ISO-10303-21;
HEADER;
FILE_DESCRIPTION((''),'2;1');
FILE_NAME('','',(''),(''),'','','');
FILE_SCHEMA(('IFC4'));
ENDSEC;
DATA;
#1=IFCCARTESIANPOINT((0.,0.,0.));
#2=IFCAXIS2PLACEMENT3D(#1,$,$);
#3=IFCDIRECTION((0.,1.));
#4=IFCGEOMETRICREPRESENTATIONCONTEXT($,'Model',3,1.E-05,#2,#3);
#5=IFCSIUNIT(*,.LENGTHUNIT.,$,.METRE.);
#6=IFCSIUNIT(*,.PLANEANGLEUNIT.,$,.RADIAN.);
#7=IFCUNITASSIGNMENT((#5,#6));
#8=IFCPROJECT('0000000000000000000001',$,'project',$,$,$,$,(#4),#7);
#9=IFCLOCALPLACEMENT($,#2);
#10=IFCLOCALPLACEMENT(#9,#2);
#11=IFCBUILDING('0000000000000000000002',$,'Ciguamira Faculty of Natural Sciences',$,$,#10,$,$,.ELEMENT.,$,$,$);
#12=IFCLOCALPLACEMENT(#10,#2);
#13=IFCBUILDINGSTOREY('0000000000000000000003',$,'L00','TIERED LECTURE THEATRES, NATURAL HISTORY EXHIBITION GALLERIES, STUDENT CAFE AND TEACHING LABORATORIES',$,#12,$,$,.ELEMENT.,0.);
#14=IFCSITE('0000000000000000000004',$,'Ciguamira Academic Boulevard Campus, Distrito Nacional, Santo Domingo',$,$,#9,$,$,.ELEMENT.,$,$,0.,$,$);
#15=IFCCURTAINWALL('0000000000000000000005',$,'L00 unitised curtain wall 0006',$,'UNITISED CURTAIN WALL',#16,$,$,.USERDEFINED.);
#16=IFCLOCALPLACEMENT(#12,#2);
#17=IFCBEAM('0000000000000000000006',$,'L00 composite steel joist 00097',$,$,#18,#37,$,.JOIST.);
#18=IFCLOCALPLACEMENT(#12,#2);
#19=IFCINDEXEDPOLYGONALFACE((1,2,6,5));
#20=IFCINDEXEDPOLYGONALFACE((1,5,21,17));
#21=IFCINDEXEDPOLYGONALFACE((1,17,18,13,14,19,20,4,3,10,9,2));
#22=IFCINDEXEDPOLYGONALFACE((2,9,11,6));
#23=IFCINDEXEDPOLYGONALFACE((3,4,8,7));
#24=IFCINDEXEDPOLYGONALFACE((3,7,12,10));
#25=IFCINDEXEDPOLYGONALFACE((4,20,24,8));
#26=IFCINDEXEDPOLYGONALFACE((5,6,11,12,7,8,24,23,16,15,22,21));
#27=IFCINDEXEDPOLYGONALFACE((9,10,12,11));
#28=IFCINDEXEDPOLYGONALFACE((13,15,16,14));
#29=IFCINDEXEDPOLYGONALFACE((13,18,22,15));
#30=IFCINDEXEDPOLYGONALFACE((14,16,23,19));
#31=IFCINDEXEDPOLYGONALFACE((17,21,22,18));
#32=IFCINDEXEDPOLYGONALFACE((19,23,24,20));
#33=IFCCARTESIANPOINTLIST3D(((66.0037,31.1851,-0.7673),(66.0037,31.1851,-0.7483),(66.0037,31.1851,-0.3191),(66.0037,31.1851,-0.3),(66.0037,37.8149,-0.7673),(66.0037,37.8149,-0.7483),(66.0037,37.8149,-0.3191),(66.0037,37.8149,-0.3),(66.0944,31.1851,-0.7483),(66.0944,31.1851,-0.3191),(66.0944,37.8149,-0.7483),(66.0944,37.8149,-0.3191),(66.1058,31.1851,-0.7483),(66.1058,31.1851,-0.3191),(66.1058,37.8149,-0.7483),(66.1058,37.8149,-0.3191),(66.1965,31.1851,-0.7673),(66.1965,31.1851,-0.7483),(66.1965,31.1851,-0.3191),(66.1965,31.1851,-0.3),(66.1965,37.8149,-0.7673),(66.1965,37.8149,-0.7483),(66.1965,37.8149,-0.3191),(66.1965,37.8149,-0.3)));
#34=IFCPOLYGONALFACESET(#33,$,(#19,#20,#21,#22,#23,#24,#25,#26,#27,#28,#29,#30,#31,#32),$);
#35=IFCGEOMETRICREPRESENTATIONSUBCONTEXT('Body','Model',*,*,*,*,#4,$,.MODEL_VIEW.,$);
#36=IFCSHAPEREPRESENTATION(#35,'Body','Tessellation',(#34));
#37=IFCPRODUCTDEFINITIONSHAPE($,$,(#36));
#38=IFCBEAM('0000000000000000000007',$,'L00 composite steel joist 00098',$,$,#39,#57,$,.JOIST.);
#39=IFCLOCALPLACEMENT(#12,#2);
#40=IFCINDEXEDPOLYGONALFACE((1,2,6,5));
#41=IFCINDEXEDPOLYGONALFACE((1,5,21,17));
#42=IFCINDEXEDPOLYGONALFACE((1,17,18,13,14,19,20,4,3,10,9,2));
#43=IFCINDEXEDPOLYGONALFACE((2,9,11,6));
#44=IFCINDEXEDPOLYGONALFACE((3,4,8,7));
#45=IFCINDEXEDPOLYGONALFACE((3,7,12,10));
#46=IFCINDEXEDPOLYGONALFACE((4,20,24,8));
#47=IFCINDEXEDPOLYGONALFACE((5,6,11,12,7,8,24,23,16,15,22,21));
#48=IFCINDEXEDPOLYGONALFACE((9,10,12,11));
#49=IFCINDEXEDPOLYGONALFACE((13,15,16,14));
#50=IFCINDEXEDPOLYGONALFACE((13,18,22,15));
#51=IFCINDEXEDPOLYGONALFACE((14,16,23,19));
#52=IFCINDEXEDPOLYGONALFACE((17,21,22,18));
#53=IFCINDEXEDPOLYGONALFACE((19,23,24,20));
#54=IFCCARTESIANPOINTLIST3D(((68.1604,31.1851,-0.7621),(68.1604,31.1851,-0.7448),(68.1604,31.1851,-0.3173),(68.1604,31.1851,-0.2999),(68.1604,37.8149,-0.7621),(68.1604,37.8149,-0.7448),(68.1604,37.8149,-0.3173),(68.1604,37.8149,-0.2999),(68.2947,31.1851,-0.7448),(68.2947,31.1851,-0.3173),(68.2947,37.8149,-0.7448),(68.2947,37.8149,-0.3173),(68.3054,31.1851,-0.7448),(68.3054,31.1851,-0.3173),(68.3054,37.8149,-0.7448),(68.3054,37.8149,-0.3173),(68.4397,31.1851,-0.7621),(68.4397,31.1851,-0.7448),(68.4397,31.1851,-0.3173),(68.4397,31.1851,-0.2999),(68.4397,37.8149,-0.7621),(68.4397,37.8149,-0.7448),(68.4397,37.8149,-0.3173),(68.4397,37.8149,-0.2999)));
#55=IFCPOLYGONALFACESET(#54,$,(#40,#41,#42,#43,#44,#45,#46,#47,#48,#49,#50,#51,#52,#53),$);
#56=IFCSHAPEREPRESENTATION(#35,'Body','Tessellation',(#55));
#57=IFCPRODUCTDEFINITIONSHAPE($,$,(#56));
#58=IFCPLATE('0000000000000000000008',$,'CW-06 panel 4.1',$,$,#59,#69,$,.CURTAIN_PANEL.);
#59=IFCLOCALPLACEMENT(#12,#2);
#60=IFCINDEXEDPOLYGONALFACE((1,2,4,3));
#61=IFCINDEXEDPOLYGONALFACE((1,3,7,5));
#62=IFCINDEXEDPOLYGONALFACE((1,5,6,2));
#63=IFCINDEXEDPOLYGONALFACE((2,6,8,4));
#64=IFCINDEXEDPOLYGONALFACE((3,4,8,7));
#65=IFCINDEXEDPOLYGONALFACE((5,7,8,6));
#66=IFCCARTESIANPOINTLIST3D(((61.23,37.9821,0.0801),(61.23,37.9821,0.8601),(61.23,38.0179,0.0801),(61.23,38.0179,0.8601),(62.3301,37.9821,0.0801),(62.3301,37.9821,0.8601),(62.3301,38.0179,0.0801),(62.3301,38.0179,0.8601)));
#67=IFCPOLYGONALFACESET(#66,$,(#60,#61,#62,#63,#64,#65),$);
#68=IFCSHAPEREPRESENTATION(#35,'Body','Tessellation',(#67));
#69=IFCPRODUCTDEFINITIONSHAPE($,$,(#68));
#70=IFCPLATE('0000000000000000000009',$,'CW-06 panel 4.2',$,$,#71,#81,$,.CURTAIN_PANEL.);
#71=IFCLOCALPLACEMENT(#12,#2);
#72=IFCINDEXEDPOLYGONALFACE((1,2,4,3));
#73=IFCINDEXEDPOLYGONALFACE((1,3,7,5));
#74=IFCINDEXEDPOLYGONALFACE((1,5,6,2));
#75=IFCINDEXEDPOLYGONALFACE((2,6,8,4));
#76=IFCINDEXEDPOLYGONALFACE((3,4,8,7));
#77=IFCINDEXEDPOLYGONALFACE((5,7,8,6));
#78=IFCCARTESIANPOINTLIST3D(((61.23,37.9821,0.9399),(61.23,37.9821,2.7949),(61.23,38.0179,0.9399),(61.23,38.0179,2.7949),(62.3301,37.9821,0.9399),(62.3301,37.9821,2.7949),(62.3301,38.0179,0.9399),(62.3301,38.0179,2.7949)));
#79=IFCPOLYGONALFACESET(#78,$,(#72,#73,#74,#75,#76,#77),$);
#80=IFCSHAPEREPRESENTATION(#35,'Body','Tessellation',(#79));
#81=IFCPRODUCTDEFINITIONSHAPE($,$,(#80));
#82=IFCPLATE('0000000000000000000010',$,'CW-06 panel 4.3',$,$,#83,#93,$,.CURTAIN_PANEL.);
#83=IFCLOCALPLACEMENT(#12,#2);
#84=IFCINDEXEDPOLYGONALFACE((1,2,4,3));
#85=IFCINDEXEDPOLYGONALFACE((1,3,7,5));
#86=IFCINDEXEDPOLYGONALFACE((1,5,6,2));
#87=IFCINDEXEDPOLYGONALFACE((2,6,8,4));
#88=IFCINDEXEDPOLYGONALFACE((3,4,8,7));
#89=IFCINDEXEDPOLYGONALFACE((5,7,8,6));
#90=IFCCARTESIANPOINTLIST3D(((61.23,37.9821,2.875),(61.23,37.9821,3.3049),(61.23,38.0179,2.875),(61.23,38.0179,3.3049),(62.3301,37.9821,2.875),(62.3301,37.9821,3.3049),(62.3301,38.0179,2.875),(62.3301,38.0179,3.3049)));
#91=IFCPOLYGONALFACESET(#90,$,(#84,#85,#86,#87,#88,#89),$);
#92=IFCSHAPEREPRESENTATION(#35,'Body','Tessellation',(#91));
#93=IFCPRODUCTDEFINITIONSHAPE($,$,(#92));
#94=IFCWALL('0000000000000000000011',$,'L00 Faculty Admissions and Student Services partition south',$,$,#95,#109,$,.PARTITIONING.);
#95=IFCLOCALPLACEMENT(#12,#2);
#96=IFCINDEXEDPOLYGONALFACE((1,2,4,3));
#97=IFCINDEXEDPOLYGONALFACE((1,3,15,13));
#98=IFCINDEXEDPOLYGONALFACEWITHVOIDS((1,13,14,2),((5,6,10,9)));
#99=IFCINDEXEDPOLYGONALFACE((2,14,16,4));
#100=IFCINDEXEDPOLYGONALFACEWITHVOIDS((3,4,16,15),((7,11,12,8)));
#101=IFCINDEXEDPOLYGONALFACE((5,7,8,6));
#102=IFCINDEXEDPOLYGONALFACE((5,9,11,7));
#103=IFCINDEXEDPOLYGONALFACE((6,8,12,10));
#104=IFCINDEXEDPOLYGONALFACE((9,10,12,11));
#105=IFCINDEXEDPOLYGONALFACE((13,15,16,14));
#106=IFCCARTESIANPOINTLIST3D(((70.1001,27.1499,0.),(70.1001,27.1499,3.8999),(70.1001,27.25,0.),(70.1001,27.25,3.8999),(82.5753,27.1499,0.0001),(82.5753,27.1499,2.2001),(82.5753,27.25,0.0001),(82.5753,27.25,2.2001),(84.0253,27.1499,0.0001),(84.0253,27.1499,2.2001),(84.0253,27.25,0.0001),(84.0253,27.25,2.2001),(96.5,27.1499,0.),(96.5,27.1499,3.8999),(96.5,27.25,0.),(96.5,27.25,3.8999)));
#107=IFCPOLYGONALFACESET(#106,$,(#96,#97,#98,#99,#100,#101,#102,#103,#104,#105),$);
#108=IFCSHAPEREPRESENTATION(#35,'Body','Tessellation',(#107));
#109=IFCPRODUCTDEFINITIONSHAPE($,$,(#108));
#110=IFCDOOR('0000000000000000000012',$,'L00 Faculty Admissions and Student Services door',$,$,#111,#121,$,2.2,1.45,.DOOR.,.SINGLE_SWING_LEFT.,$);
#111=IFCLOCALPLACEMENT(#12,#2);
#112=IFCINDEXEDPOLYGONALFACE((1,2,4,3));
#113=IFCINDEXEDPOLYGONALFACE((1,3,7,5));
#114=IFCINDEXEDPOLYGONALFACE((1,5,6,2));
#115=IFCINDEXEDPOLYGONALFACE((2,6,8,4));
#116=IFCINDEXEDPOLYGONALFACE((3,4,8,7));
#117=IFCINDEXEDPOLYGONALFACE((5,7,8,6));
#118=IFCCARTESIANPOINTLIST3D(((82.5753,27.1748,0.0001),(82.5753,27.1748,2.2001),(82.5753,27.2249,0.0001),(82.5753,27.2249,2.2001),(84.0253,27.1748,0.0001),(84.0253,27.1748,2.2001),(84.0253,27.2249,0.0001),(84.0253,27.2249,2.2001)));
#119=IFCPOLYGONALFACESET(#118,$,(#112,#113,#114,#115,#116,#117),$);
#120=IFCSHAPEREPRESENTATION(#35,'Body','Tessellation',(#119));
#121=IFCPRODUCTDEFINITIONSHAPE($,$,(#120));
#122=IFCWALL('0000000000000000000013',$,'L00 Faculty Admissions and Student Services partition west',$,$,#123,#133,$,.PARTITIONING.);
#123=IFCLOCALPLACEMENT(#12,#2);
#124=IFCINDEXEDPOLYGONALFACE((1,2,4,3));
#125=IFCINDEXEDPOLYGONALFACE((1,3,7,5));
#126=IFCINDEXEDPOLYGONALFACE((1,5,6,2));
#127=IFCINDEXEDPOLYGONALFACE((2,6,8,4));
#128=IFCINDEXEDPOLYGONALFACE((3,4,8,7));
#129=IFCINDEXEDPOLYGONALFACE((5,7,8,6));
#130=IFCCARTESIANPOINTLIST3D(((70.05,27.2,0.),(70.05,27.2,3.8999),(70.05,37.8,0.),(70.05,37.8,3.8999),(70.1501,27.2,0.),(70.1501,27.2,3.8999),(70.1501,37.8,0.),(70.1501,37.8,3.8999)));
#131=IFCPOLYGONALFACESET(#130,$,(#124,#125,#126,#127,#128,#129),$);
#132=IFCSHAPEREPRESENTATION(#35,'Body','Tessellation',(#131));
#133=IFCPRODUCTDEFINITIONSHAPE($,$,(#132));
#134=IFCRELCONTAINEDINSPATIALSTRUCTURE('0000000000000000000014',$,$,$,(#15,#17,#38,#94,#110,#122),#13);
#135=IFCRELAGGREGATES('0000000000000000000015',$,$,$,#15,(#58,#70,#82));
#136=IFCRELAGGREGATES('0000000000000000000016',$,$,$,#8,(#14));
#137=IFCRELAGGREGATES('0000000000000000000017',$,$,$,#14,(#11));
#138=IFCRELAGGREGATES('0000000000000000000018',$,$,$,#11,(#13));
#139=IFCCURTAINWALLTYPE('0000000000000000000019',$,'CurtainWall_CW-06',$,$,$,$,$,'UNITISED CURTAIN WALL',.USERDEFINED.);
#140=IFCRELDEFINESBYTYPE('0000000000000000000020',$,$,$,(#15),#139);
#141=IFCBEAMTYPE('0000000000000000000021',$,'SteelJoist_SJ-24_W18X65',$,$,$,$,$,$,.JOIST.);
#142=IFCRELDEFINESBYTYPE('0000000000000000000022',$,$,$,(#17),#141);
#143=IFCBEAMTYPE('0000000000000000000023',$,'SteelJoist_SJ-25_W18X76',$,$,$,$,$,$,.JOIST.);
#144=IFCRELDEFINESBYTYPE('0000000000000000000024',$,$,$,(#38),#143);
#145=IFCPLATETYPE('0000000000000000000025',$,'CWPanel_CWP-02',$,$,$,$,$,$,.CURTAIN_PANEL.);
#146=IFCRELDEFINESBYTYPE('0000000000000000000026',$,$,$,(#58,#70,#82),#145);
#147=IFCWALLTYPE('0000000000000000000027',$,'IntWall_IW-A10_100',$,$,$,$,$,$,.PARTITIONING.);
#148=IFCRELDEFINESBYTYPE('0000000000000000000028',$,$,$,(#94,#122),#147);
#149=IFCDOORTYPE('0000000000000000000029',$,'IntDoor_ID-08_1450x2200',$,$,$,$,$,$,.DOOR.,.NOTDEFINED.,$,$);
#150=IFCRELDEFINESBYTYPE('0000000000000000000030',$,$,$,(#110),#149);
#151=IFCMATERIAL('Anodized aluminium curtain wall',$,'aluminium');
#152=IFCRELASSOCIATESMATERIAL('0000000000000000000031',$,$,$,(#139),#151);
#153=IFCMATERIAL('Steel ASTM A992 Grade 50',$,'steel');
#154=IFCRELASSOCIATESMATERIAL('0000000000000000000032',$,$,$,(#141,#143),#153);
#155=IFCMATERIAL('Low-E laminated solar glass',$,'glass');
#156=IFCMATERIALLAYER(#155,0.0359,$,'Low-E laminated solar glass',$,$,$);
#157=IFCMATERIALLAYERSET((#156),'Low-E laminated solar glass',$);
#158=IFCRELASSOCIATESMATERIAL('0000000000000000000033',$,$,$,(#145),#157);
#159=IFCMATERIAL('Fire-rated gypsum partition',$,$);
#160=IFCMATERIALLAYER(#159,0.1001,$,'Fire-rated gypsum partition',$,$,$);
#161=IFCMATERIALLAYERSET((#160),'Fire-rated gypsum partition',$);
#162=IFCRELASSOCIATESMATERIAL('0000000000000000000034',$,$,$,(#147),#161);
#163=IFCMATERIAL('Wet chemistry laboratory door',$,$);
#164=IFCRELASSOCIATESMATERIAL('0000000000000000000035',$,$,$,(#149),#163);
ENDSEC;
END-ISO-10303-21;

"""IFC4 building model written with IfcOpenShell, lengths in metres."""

from ifc_helpers import new_model, si_unit, direction, frame, frame_2d, origin, origin_2d, place, context, subcontext, project, spatial, rectangle, i_section, extrude, material, layer, layer_set, material_profile, profile_set, type_object, element, fill, aggregate, save


model = new_model("IFC4")

# Units and contexts
model_context = context("Model", 3, precision=1e-05, world=origin(), true_north=direction((0.0, 1.0)))
body_context = subcontext(model_context, "Body", "Model", "MODEL_VIEW")
ifc_project = project(units=[si_unit("LENGTHUNIT", "METRE"), si_unit("PLANEANGLEUNIT", "RADIAN")], contexts=[model_context])

# Site, building, storey
site_placement = place(None, origin())
site = spatial("IfcSite", under=ifc_project, at=site_placement, Name="Ciguamira Academic Boulevard Campus, Distrito Nacional, Santo Domingo", CompositionType="ELEMENT", RefElevation=0.0)
building_placement = place(site_placement, origin())
building = spatial("IfcBuilding", under=site, at=building_placement, Name="Ciguamira Faculty of Natural Sciences", CompositionType="ELEMENT")
storey_placement = place(building_placement, origin())
storey = spatial("IfcBuildingStorey", under=building, at=storey_placement, Name="L00", Description="TIERED LECTURE THEATRES, NATURAL HISTORY EXHIBITION GALLERIES, STUDENT CAFE AND TEACHING LABORATORIES", CompositionType="ELEMENT", Elevation=0.0)

# Curtain wall
ifc_material_1 = material(Name="Anodized aluminium curtain wall", Category="aluminium")
curtain_wall_type = type_object("IfcCurtainWallType", Name="CurtainWall_CW-06", ElementType="UNITISED CURTAIN WALL", PredefinedType="USERDEFINED", material=ifc_material_1)
curtain_wall_placement = place(storey_placement, origin())
curtain_wall = element("IfcCurtainWall", 1, at=curtain_wall_placement, inside=storey, type_object=curtain_wall_type, Name="L00 unitised curtain wall 0006", ObjectType="UNITISED CURTAIN WALL", PredefinedType="USERDEFINED")

# Beams
ifc_material_2 = material(Name="Steel ASTM A992 Grade 50", Category="steel")
ifc_material_profile_1 = material_profile(ifc_material_2, i_section(OverallWidth=0.1929, OverallDepth=0.4673, WebThickness=0.0115, FlangeThickness=0.019, at=origin_2d()), Name="W18X65")
ifc_profile_set_1 = profile_set([ifc_material_profile_1], Name="Steel ASTM A992 Grade 50")
beam_type_1 = type_object("IfcBeamType", Name="SteelJoist_SJ-24_W18X65", PredefinedType="JOIST", material=ifc_profile_set_1)
beam_1_placement = place(storey_placement, frame((66.1001, 31.1851, -0.5337), z_axis=(0.0, 1.0, 0.0), x_axis=(-1.0, 0.0, 0.0)))
element("IfcBeam", 2, at=beam_1_placement, inside=storey, type_object=beam_type_1, Name="L00 composite steel joist 00097", PredefinedType="JOIST", context=body_context, shape_type="SweptSolid", body=[
    extrude(i_section(OverallWidth=0.1929, OverallDepth=0.4673, WebThickness=0.0115, FlangeThickness=0.019, at=origin_2d()), origin(), (0.0, 0.0, 1.0), 6.6299),
])
ifc_material_profile_2 = material_profile(ifc_material_2, i_section(OverallWidth=0.2793, OverallDepth=0.4622, WebThickness=0.0107, FlangeThickness=0.0173, at=origin_2d()), Name="W18X76")
ifc_profile_set_2 = profile_set([ifc_material_profile_2], Name="Steel ASTM A992 Grade 50")
beam_type_2 = type_object("IfcBeamType", Name="SteelJoist_SJ-25_W18X76", PredefinedType="JOIST", material=ifc_profile_set_2)
beam_2_placement = place(storey_placement, frame((68.3, 31.1851, -0.531), z_axis=(0.0, 1.0, 0.0), x_axis=(-1.0, 0.0, 0.0)))
element("IfcBeam", 3, at=beam_2_placement, inside=storey, type_object=beam_type_2, Name="L00 composite steel joist 00098", PredefinedType="JOIST", context=body_context, shape_type="SweptSolid", body=[
    extrude(i_section(OverallWidth=0.2793, OverallDepth=0.4622, WebThickness=0.0107, FlangeThickness=0.0173, at=origin_2d()), origin(), (0.0, 0.0, 1.0), 6.6299),
])

# Plates
ifc_material_3 = material(Name="Low-E laminated solar glass", Category="glass")
ifc_layer_1 = layer(ifc_material_3, 0.0359, Name="Low-E laminated solar glass")
ifc_layer_set_1 = layer_set([ifc_layer_1], Name="Low-E laminated solar glass")
plate_type = type_object("IfcPlateType", Name="CWPanel_CWP-02", PredefinedType="CURTAIN_PANEL", material=ifc_layer_set_1)
plate_1_placement = place(storey_placement, frame((61.78, 38.0, 0.0801), z_axis=(0.0, 0.0, 1.0), x_axis=(1.0, 0.0, 0.0)))
plate_1 = element("IfcPlate", 4, at=plate_1_placement, type_object=plate_type, Name="CW-06 panel 4.1", PredefinedType="CURTAIN_PANEL", context=body_context, shape_type="SweptSolid", body=[
    extrude(rectangle(XDim=1.1001, YDim=0.0359, at=origin_2d()), origin(), (0.0, 0.0, 1.0), 0.78),
])
plate_2_placement = place(storey_placement, frame((61.78, 38.0, 0.9399), z_axis=(0.0, 0.0, 1.0), x_axis=(1.0, 0.0, 0.0)))
plate_2 = element("IfcPlate", 5, at=plate_2_placement, type_object=plate_type, Name="CW-06 panel 4.2", PredefinedType="CURTAIN_PANEL", context=body_context, shape_type="SweptSolid", body=[
    extrude(rectangle(XDim=1.1001, YDim=0.0359, at=origin_2d()), origin(), (0.0, 0.0, 1.0), 1.855),
])
plate_3_placement = place(storey_placement, frame((61.78, 38.0, 2.875), z_axis=(0.0, 0.0, 1.0), x_axis=(1.0, 0.0, 0.0)))
plate_3 = element("IfcPlate", 6, at=plate_3_placement, type_object=plate_type, Name="CW-06 panel 4.3", PredefinedType="CURTAIN_PANEL", context=body_context, shape_type="SweptSolid", body=[
    extrude(rectangle(XDim=1.1001, YDim=0.0359, at=origin_2d()), origin(), (0.0, 0.0, 1.0), 0.4299),
])
aggregate(curtain_wall, [plate_1, plate_2, plate_3])

# Wall, opening, door
ifc_material_4 = material(Name="Fire-rated gypsum partition")
ifc_layer_2 = layer(ifc_material_4, 0.1001, Name="Fire-rated gypsum partition")
ifc_layer_set_2 = layer_set([ifc_layer_2], Name="Fire-rated gypsum partition")
wall_type = type_object("IfcWallType", Name="IntWall_IW-A10_100", PredefinedType="PARTITIONING", material=ifc_layer_set_2)
wall_1_placement = place(storey_placement, frame((70.1001, 27.2, 0.0), z_axis=(0.0, 0.0, 1.0), x_axis=(1.0, 0.0, 0.0)))
wall_1 = element("IfcWall", 7, at=wall_1_placement, inside=storey, type_object=wall_type, Name="L00 Faculty Admissions and Student Services partition south", PredefinedType="PARTITIONING", context=body_context, shape_type="SweptSolid", body=[
    extrude(rectangle(XDim=26.3999, YDim=0.1001, at=frame_2d((13.2, 0.0))), origin(), (0.0, 0.0, 1.0), 3.8999),
])
opening_placement = place(wall_1_placement, frame((12.4751, 0.0, 0.0)))
opening = element("IfcOpeningElement", 8, at=opening_placement, cuts=wall_1, PredefinedType="OPENING", context=body_context, shape_type="SweptSolid", body=[
    extrude(rectangle(XDim=1.45, YDim=2.2, at=frame_2d((0.7251, 1.1001))), frame((0.0, 0.0601, 0.0), z_axis=(0.0, -1.0, 0.0), x_axis=(1.0, 0.0, 0.0)), (0.0, 0.0, 1.0), 0.1201),
])
ifc_material_5 = material(Name="Wet chemistry laboratory door")
door_type = type_object("IfcDoorType", Name="IntDoor_ID-08_1450x2200", OperationType="NOTDEFINED", PredefinedType="DOOR", material=ifc_material_5)
door_placement = place(opening_placement, origin())
door = element("IfcDoor", 9, at=door_placement, inside=storey, type_object=door_type, Name="L00 Faculty Admissions and Student Services door", OperationType="SINGLE_SWING_LEFT", OverallHeight=2.2, OverallWidth=1.45, PredefinedType="DOOR", context=body_context, shape_type="SweptSolid", body=[
    extrude(rectangle(XDim=1.45, YDim=2.2, at=frame_2d((0.7251, 1.1001))), frame((0.0, 0.0249, 0.0), z_axis=(0.0, -1.0, 0.0), x_axis=(1.0, 0.0, 0.0)), (0.0, 0.0, 1.0), 0.05),
])
fill(opening, door)

# Wall
wall_2_placement = place(storey_placement, frame((70.1001, 27.2, 0.0), z_axis=(0.0, 0.0, 1.0), x_axis=(0.0, 1.0, 0.0)))
element("IfcWall", 10, at=wall_2_placement, inside=storey, type_object=wall_type, Name="L00 Faculty Admissions and Student Services partition west", PredefinedType="PARTITIONING", context=body_context, shape_type="SweptSolid", body=[
    extrude(rectangle(XDim=10.6001, YDim=0.1001, at=frame_2d((5.3, 0.0))), origin(), (0.0, 0.0, 1.0), 3.8999),
])

save(model, "model.ifc")
